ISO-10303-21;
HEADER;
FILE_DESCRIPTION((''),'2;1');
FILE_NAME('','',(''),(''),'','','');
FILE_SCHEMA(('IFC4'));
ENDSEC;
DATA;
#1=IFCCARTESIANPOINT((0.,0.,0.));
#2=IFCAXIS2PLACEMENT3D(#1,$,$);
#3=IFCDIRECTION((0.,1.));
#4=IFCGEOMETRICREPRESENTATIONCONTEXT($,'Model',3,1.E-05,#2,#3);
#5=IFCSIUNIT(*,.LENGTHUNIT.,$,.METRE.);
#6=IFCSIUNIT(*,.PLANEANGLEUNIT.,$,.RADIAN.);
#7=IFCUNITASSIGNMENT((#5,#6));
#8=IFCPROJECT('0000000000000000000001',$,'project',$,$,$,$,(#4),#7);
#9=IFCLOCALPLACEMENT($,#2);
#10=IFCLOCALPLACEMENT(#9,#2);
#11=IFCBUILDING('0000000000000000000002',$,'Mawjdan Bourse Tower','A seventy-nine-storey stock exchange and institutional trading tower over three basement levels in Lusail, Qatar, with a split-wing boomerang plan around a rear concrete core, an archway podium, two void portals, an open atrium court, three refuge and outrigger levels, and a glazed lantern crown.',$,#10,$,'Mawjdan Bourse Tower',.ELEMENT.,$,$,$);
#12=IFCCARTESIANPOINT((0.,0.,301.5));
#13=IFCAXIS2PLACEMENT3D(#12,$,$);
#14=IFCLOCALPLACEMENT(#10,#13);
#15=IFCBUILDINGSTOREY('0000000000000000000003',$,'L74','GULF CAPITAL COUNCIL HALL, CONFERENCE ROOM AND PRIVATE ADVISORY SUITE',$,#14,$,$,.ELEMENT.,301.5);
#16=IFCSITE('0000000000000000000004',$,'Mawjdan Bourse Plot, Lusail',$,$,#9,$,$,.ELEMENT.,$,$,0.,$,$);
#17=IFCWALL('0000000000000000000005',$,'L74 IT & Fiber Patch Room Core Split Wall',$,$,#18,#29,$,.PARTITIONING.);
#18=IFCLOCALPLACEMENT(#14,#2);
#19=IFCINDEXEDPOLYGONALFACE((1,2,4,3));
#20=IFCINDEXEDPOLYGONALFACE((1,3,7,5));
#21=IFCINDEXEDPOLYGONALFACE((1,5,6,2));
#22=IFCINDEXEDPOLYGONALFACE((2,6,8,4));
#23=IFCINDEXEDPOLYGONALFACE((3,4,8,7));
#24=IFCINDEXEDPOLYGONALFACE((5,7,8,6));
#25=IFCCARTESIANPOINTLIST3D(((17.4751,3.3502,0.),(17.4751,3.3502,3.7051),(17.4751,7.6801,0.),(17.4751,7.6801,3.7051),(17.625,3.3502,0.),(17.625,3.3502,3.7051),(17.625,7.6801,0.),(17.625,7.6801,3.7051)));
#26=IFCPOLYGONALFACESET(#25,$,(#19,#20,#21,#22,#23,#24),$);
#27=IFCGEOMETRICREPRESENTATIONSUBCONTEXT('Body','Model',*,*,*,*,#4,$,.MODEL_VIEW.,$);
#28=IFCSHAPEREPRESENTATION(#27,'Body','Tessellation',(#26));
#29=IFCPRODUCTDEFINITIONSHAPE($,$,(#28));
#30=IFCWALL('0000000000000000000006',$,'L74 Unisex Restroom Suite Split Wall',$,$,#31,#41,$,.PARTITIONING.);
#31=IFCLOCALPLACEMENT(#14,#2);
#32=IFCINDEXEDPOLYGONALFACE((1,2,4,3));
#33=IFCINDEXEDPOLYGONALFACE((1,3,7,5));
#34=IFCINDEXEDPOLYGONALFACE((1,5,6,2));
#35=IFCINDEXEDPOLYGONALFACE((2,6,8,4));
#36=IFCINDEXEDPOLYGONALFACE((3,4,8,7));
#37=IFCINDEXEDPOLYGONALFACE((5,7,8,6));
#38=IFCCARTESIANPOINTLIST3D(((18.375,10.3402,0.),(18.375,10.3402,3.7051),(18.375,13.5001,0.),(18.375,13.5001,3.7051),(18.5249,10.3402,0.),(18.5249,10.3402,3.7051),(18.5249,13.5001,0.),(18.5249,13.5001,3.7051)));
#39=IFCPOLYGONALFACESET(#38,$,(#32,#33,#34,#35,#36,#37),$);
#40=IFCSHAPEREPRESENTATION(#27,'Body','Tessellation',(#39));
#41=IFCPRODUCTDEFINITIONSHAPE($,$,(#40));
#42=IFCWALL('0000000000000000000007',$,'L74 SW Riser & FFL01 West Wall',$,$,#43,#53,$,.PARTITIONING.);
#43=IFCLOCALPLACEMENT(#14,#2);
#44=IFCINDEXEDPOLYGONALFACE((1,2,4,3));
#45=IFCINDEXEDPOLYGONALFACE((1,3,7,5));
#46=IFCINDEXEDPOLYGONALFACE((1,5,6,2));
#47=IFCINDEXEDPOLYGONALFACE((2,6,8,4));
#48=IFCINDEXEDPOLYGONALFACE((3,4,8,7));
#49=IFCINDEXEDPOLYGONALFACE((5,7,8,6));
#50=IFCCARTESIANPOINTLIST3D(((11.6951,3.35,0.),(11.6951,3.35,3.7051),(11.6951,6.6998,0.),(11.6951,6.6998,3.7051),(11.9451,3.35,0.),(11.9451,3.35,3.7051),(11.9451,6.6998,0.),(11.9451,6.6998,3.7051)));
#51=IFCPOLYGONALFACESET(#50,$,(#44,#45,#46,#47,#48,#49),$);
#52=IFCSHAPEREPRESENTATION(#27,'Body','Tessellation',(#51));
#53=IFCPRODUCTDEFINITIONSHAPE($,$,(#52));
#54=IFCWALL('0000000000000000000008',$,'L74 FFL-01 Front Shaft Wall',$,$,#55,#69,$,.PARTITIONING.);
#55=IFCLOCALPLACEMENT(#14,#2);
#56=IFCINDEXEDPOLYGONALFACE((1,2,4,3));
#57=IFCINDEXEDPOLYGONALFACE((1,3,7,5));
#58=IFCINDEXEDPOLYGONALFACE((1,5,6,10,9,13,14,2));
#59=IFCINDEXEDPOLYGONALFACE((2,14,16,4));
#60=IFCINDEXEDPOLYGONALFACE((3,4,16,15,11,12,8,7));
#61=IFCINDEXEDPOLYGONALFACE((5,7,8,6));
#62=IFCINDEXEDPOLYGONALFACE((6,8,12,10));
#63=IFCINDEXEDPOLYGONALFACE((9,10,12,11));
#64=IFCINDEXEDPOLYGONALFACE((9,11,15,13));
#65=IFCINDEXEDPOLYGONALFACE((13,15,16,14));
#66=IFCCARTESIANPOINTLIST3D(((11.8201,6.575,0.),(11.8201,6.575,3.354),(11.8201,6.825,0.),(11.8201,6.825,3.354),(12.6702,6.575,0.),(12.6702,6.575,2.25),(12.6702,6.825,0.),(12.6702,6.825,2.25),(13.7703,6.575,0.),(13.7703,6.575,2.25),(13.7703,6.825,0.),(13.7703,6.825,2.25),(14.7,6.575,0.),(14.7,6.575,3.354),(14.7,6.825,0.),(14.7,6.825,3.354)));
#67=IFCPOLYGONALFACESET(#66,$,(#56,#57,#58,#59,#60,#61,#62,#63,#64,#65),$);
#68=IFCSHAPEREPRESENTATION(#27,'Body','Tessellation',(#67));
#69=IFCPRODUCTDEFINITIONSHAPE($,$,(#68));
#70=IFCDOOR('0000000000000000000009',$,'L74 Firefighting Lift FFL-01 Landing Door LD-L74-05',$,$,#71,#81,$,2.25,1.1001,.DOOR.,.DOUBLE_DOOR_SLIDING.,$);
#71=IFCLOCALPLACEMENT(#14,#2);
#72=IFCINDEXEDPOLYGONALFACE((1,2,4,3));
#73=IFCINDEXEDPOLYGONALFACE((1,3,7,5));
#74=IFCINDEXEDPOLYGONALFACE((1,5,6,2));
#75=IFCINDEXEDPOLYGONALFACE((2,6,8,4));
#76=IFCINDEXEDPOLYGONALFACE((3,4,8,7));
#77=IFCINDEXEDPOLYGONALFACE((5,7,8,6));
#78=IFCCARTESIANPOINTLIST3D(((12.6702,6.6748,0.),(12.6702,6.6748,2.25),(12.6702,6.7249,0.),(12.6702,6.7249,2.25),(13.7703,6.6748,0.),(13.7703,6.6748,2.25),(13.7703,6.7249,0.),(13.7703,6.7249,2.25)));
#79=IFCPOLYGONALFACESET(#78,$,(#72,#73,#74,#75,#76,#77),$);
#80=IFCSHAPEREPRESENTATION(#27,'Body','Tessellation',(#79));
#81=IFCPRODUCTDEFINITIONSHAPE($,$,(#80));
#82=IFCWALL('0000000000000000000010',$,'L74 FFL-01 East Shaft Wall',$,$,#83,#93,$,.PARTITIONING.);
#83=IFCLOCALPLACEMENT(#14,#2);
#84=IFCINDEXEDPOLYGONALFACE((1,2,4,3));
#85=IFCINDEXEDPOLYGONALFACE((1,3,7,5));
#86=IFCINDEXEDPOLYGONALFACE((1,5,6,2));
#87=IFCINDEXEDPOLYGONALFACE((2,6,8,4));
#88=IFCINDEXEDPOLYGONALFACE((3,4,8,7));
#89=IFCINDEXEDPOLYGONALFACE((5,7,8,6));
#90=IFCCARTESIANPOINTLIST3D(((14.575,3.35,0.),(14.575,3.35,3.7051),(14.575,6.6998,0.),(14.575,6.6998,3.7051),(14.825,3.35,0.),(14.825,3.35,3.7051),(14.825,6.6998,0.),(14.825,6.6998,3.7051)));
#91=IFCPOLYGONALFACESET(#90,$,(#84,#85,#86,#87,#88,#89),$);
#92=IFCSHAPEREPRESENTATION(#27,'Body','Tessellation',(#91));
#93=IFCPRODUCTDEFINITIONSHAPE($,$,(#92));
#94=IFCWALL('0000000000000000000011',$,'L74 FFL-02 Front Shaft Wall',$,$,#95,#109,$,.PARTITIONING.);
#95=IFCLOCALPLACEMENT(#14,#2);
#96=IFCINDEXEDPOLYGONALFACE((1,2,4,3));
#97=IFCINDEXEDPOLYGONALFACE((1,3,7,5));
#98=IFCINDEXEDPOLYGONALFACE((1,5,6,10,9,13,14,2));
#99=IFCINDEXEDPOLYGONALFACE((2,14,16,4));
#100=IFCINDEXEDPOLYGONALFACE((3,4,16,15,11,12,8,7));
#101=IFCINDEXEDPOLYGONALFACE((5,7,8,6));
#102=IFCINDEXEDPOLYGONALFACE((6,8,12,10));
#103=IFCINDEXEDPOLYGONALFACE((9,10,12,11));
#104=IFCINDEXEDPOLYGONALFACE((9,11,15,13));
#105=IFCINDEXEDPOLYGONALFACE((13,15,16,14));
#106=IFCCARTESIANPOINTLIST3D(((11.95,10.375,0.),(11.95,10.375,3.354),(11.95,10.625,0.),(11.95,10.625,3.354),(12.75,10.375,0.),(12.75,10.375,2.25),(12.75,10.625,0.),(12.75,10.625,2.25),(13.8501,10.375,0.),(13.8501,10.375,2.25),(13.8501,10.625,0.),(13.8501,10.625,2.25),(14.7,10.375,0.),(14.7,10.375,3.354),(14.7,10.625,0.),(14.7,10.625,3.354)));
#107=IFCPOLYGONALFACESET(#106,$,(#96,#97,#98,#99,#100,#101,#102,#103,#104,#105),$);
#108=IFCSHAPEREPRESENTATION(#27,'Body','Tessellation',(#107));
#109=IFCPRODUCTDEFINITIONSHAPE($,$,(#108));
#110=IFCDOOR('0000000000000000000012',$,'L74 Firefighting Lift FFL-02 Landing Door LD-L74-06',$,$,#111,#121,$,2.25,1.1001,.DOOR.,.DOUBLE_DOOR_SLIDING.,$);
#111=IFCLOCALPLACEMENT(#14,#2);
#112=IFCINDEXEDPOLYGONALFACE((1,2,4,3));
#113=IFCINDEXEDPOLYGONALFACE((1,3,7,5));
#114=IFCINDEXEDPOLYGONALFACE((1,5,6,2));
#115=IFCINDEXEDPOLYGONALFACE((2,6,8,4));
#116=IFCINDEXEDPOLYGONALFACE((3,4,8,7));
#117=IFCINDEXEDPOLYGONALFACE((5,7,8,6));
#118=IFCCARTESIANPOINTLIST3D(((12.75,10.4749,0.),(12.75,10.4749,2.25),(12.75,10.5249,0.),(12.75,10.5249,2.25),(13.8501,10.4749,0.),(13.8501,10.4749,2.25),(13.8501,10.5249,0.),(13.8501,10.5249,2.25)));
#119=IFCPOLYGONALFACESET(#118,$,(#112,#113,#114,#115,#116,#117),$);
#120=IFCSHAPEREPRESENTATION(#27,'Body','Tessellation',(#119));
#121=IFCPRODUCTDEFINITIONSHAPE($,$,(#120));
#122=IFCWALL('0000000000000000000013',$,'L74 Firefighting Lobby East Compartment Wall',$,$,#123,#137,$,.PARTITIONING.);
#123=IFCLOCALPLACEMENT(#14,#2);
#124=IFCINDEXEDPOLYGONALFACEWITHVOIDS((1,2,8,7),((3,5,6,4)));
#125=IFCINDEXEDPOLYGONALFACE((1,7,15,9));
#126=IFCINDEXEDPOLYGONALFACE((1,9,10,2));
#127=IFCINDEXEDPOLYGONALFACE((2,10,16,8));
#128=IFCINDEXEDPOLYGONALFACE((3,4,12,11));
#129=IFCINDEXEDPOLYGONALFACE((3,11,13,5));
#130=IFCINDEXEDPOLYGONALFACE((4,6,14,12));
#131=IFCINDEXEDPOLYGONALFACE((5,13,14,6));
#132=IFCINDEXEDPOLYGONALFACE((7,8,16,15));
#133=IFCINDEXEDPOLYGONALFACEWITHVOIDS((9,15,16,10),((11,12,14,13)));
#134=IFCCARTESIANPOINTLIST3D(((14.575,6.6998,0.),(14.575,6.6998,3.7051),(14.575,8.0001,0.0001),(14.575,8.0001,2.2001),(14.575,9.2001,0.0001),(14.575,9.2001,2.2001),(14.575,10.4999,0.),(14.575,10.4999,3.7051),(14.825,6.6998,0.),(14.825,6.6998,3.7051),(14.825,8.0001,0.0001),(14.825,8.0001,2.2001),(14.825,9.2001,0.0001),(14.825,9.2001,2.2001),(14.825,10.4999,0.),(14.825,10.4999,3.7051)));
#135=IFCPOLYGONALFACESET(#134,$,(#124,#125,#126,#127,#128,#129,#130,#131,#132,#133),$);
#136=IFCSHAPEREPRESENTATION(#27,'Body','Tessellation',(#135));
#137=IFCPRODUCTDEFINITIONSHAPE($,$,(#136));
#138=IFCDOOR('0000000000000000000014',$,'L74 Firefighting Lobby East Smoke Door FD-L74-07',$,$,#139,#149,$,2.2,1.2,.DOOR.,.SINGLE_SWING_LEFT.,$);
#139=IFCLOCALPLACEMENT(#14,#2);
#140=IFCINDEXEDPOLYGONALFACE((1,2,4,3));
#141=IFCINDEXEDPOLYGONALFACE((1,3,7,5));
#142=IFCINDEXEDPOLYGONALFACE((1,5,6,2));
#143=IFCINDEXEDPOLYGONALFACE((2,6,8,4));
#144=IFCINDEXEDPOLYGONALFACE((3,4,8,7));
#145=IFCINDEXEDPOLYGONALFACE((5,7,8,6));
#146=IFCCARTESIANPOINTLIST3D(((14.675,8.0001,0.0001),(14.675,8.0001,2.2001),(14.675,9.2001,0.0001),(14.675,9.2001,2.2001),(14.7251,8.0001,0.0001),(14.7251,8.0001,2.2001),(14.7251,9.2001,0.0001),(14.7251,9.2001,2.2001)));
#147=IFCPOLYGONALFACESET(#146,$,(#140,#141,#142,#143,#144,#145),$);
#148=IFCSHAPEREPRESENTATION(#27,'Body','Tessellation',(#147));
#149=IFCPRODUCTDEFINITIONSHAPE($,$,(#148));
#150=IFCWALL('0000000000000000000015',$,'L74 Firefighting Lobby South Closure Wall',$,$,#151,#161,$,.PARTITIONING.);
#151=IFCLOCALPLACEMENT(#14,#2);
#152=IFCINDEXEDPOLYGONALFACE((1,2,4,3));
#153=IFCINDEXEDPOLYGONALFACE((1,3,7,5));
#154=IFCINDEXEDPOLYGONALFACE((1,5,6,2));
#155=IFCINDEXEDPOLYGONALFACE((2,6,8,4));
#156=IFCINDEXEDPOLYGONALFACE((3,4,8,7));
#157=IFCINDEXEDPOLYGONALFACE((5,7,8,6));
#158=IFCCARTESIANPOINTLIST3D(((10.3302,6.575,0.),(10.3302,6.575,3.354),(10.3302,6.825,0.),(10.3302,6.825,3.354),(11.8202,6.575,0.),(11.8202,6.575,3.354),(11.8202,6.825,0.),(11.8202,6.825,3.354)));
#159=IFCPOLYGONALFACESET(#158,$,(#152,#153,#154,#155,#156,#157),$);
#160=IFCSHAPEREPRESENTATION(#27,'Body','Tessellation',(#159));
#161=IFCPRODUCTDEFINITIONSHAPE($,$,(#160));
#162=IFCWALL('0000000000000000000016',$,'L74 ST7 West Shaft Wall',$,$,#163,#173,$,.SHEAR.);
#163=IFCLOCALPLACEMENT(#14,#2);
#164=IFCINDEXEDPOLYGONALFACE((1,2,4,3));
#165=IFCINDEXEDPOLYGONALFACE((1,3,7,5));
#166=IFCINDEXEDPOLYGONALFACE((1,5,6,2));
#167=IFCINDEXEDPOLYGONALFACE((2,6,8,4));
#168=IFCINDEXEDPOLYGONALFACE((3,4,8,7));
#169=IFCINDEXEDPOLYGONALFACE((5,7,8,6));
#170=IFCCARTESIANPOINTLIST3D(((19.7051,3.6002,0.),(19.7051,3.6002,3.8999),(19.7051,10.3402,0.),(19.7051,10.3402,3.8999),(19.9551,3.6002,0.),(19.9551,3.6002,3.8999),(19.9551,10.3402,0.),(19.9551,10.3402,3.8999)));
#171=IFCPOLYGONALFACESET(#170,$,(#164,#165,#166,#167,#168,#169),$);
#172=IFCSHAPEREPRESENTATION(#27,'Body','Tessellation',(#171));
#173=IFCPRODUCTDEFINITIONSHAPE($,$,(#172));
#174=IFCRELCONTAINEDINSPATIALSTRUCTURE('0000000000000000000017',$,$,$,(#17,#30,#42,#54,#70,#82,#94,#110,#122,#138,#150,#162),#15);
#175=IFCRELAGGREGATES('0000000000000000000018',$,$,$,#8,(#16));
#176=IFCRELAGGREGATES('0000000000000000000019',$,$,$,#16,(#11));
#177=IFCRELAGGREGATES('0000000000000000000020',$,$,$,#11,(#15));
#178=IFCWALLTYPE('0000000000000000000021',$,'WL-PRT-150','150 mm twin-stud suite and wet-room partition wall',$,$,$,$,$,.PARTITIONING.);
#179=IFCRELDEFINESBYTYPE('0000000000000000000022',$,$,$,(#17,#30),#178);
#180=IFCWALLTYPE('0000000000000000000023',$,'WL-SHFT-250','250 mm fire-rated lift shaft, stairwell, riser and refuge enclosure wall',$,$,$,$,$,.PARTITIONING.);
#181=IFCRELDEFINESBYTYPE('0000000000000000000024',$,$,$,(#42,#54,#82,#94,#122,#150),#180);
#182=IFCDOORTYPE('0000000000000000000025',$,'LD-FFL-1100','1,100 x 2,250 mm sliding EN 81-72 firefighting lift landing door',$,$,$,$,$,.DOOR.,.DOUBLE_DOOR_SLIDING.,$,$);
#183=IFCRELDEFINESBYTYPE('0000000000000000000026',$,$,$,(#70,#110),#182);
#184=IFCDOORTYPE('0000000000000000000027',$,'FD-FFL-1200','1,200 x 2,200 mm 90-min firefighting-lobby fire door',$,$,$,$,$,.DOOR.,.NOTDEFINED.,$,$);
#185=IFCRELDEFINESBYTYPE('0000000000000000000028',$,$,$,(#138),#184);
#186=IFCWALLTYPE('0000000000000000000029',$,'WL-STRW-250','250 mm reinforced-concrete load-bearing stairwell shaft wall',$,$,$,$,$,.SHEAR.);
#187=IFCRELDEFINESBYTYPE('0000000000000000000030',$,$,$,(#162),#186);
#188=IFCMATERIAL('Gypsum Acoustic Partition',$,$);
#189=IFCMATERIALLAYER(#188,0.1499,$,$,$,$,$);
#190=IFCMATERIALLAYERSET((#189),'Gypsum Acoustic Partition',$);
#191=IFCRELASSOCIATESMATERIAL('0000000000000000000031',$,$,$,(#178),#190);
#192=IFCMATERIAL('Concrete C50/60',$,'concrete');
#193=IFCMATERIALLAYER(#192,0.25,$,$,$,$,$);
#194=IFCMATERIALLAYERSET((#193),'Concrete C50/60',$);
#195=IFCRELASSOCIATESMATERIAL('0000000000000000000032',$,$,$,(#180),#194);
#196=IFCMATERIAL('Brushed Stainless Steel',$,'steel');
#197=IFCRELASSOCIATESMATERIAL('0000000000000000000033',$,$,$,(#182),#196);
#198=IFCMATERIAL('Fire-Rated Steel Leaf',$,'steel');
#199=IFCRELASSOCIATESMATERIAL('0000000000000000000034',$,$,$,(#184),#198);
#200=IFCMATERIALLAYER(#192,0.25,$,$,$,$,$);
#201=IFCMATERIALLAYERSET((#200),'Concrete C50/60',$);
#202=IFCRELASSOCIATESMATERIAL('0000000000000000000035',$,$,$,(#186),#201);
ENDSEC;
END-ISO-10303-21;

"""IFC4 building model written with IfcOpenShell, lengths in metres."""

from ifc_helpers import new_model, si_unit, direction, frame, frame_2d, origin, place, context, subcontext, project, spatial, rectangle, extrude, material, layer, layer_set, type_object, element, fill, save


model = new_model("IFC4")

# Units and contexts
model_context = context("Model", 3, precision=1e-05, world=origin(), true_north=direction((0.0, 1.0)))
body_context = subcontext(model_context, "Body", "Model", "MODEL_VIEW")
ifc_project = project(units=[si_unit("LENGTHUNIT", "METRE"), si_unit("PLANEANGLEUNIT", "RADIAN")], contexts=[model_context])

# Site, building, storey
site_placement = place(None, origin())
site = spatial("IfcSite", under=ifc_project, at=site_placement, Name="Mawjdan Bourse Plot, Lusail", CompositionType="ELEMENT", RefElevation=0.0)
building_placement = place(site_placement, origin())
building = spatial("IfcBuilding", under=site, at=building_placement, Name="Mawjdan Bourse Tower", Description="A seventy-nine-storey stock exchange and institutional trading tower over three basement levels in Lusail, Qatar, with a split-wing boomerang plan around a rear concrete core, an archway podium, two void portals, an open atrium court, three refuge and outrigger levels, and a glazed lantern crown.", LongName="Mawjdan Bourse Tower", CompositionType="ELEMENT")
storey_placement = place(building_placement, frame((0.0, 0.0, 301.5)))
storey = spatial("IfcBuildingStorey", under=building, at=storey_placement, Name="L74", Description="GULF CAPITAL COUNCIL HALL, CONFERENCE ROOM AND PRIVATE ADVISORY SUITE", CompositionType="ELEMENT", Elevation=301.5)

# Walls
ifc_material_1 = material(Name="Gypsum Acoustic Partition")
ifc_layer_1 = layer(ifc_material_1, 0.1499)
ifc_layer_set_1 = layer_set([ifc_layer_1], Name="Gypsum Acoustic Partition")
wall_type_1 = type_object("IfcWallType", Name="WL-PRT-150", Description="150 mm twin-stud suite and wet-room partition wall", PredefinedType="PARTITIONING", material=ifc_layer_set_1)
wall_1_placement = place(storey_placement, frame((17.55, 3.3501, 0.0), z_axis=(0.0, 0.0, 1.0), x_axis=(0.0, 1.0, 0.0)))
element("IfcWall", 1, at=wall_1_placement, inside=storey, type_object=wall_type_1, Name="L74 IT & Fiber Patch Room Core Split Wall", PredefinedType="PARTITIONING", context=body_context, shape_type="SweptSolid", body=[
    extrude(rectangle(XDim=4.3298, YDim=0.1499, at=frame_2d((2.165, 0.0))), origin(), (0.0, 0.0, 1.0), 3.7051),
])
wall_2_placement = place(storey_placement, frame((18.45, 10.3401, 0.0), z_axis=(0.0, 0.0, 1.0), x_axis=(0.0, 1.0, 0.0)))
element("IfcWall", 2, at=wall_2_placement, inside=storey, type_object=wall_type_1, Name="L74 Unisex Restroom Suite Split Wall", PredefinedType="PARTITIONING", context=body_context, shape_type="SweptSolid", body=[
    extrude(rectangle(XDim=3.1599, YDim=0.1499, at=frame_2d((1.5801, 0.0))), origin(), (0.0, 0.0, 1.0), 3.7051),
])
ifc_material_2 = material(Name="Concrete C50/60", Category="concrete")
ifc_layer_2 = layer(ifc_material_2, 0.25)
ifc_layer_set_2 = layer_set([ifc_layer_2], Name="Concrete C50/60")
wall_type_2 = type_object("IfcWallType", Name="WL-SHFT-250", Description="250 mm fire-rated lift shaft, stairwell, riser and refuge enclosure wall", PredefinedType="PARTITIONING", material=ifc_layer_set_2)
wall_3_placement = place(storey_placement, frame((11.8201, 3.3501, 0.0), z_axis=(0.0, 0.0, 1.0), x_axis=(0.0, 1.0, 0.0)))
element("IfcWall", 3, at=wall_3_placement, inside=storey, type_object=wall_type_2, Name="L74 SW Riser & FFL01 West Wall", PredefinedType="PARTITIONING", context=body_context, shape_type="SweptSolid", body=[
    extrude(rectangle(XDim=3.3499, YDim=0.25, at=frame_2d((1.6748, 0.0))), origin(), (0.0, 0.0, 1.0), 3.7051),
])

# Wall, opening, door
wall_4_placement = place(storey_placement, frame((11.8201, 6.7, 0.0), z_axis=(0.0, 0.0, 1.0), x_axis=(1.0, 0.0, 0.0)))
wall_4 = element("IfcWall", 4, at=wall_4_placement, inside=storey, type_object=wall_type_2, Name="L74 FFL-01 Front Shaft Wall", PredefinedType="PARTITIONING", context=body_context, shape_type="SweptSolid", body=[
    extrude(rectangle(XDim=2.8799, YDim=0.25, at=frame_2d((1.4399, 0.0))), origin(), (0.0, 0.0, 1.0), 3.354),
])
opening_1_placement = place(wall_4_placement, frame((0.8501, 0.0, 0.0)))
opening_1 = element("IfcOpeningElement", 5, at=opening_1_placement, cuts=wall_4, PredefinedType="OPENING", context=body_context, shape_type="SweptSolid", body=[
    extrude(rectangle(XDim=1.1001, YDim=2.25, at=frame_2d((0.55, 1.125))), frame((0.0, 0.135, 0.0), z_axis=(0.0, -1.0, 0.0), x_axis=(1.0, 0.0, 0.0)), (0.0, 0.0, 1.0), 0.27),
])
ifc_material_3 = material(Name="Brushed Stainless Steel", Category="steel")
door_type_1 = type_object("IfcDoorType", Name="LD-FFL-1100", Description="1,100 x 2,250 mm sliding EN 81-72 firefighting lift landing door", OperationType="DOUBLE_DOOR_SLIDING", PredefinedType="DOOR", material=ifc_material_3)
door_1_placement = place(opening_1_placement, origin())
door_1 = element("IfcDoor", 6, at=door_1_placement, inside=storey, type_object=door_type_1, Name="L74 Firefighting Lift FFL-01 Landing Door LD-L74-05", OperationType="DOUBLE_DOOR_SLIDING", OverallHeight=2.25, OverallWidth=1.1001, PredefinedType="DOOR", context=body_context, shape_type="SweptSolid", body=[
    extrude(rectangle(XDim=1.1001, YDim=2.25, at=frame_2d((0.55, 1.125))), frame((0.0, 0.0249, 0.0), z_axis=(0.0, -1.0, 0.0), x_axis=(1.0, 0.0, 0.0)), (0.0, 0.0, 1.0), 0.05),
])
fill(opening_1, door_1)

# Wall
wall_5_placement = place(storey_placement, frame((14.7, 3.3501, 0.0), z_axis=(0.0, 0.0, 1.0), x_axis=(0.0, 1.0, 0.0)))
element("IfcWall", 7, at=wall_5_placement, inside=storey, type_object=wall_type_2, Name="L74 FFL-01 East Shaft Wall", PredefinedType="PARTITIONING", context=body_context, shape_type="SweptSolid", body=[
    extrude(rectangle(XDim=3.3499, YDim=0.25, at=frame_2d((1.6748, 0.0))), origin(), (0.0, 0.0, 1.0), 3.7051),
])

# Walls, openings, doors
wall_6_placement = place(storey_placement, frame((11.95, 10.5, 0.0), z_axis=(0.0, 0.0, 1.0), x_axis=(1.0, 0.0, 0.0)))
wall_6 = element("IfcWall", 8, at=wall_6_placement, inside=storey, type_object=wall_type_2, Name="L74 FFL-02 Front Shaft Wall", PredefinedType="PARTITIONING", context=body_context, shape_type="SweptSolid", body=[
    extrude(rectangle(XDim=2.75, YDim=0.25, at=frame_2d((1.375, 0.0))), origin(), (0.0, 0.0, 1.0), 3.354),
])
opening_2_placement = place(wall_6_placement, frame((0.8, 0.0, 0.0)))
opening_2 = element("IfcOpeningElement", 9, at=opening_2_placement, cuts=wall_6, PredefinedType="OPENING", context=body_context, shape_type="SweptSolid", body=[
    extrude(rectangle(XDim=1.1001, YDim=2.25, at=frame_2d((0.55, 1.125))), frame((0.0, 0.135, 0.0), z_axis=(0.0, -1.0, 0.0), x_axis=(1.0, 0.0, 0.0)), (0.0, 0.0, 1.0), 0.27),
])
door_2_placement = place(opening_2_placement, origin())
door_2 = element("IfcDoor", 10, at=door_2_placement, inside=storey, type_object=door_type_1, Name="L74 Firefighting Lift FFL-02 Landing Door LD-L74-06", OperationType="DOUBLE_DOOR_SLIDING", OverallHeight=2.25, OverallWidth=1.1001, PredefinedType="DOOR", context=body_context, shape_type="SweptSolid", body=[
    extrude(rectangle(XDim=1.1001, YDim=2.25, at=frame_2d((0.55, 1.125))), frame((0.0, 0.0249, 0.0), z_axis=(0.0, -1.0, 0.0), x_axis=(1.0, 0.0, 0.0)), (0.0, 0.0, 1.0), 0.05),
])
fill(opening_2, door_2)
wall_7_placement = place(storey_placement, frame((14.7, 6.7, 0.0), z_axis=(0.0, 0.0, 1.0), x_axis=(0.0, 1.0, 0.0)))
wall_7 = element("IfcWall", 11, at=wall_7_placement, inside=storey, type_object=wall_type_2, Name="L74 Firefighting Lobby East Compartment Wall", PredefinedType="PARTITIONING", context=body_context, shape_type="SweptSolid", body=[
    extrude(rectangle(XDim=3.8, YDim=0.25, at=frame_2d((1.8999, 0.0))), origin(), (0.0, 0.0, 1.0), 3.7051),
])
opening_3_placement = place(wall_7_placement, frame((1.3, 0.0, 0.0)))
opening_3 = element("IfcOpeningElement", 12, at=opening_3_placement, cuts=wall_7, PredefinedType="OPENING", context=body_context, shape_type="SweptSolid", body=[
    extrude(rectangle(XDim=1.2, YDim=2.2, at=frame_2d((0.6001, 1.1001))), frame((0.0, 0.135, 0.0), z_axis=(0.0, -1.0, 0.0), x_axis=(1.0, 0.0, 0.0)), (0.0, 0.0, 1.0), 0.27),
])
ifc_material_4 = material(Name="Fire-Rated Steel Leaf", Category="steel")
door_type_2 = type_object("IfcDoorType", Name="FD-FFL-1200", Description="1,200 x 2,200 mm 90-min firefighting-lobby fire door", OperationType="NOTDEFINED", PredefinedType="DOOR", material=ifc_material_4)
door_3_placement = place(opening_3_placement, origin())
door_3 = element("IfcDoor", 13, at=door_3_placement, inside=storey, type_object=door_type_2, Name="L74 Firefighting Lobby East Smoke Door FD-L74-07", OperationType="SINGLE_SWING_LEFT", OverallHeight=2.2, OverallWidth=1.2, PredefinedType="DOOR", context=body_context, shape_type="SweptSolid", body=[
    extrude(rectangle(XDim=1.2, YDim=2.2, at=frame_2d((0.6001, 1.1001))), frame((0.0, 0.0249, 0.0), z_axis=(0.0, -1.0, 0.0), x_axis=(1.0, 0.0, 0.0)), (0.0, 0.0, 1.0), 0.05),
])
fill(opening_3, door_3)

# Walls
wall_8_placement = place(storey_placement, frame((10.3301, 6.7, 0.0), z_axis=(0.0, 0.0, 1.0), x_axis=(1.0, 0.0, 0.0)))
element("IfcWall", 14, at=wall_8_placement, inside=storey, type_object=wall_type_2, Name="L74 Firefighting Lobby South Closure Wall", PredefinedType="PARTITIONING", context=body_context, shape_type="SweptSolid", body=[
    extrude(rectangle(XDim=1.49, YDim=0.25, at=frame_2d((0.7451, 0.0))), origin(), (0.0, 0.0, 1.0), 3.354),
])
ifc_layer_3 = layer(ifc_material_2, 0.25)
ifc_layer_set_3 = layer_set([ifc_layer_3], Name="Concrete C50/60")
wall_type_3 = type_object("IfcWallType", Name="WL-STRW-250", Description="250 mm reinforced-concrete load-bearing stairwell shaft wall", PredefinedType="SHEAR", material=ifc_layer_set_3)
wall_9_placement = place(storey_placement, frame((19.8301, 3.6001, 0.0), z_axis=(0.0, 0.0, 1.0), x_axis=(0.0, 1.0, 0.0)))
element("IfcWall", 15, at=wall_9_placement, inside=storey, type_object=wall_type_3, Name="L74 ST7 West Shaft Wall", PredefinedType="SHEAR", context=body_context, shape_type="SweptSolid", body=[
    extrude(rectangle(XDim=6.74, YDim=0.25, at=frame_2d((3.3701, 0.0))), origin(), (0.0, 0.0, 1.0), 3.8999),
])

save(model, "model.ifc")
